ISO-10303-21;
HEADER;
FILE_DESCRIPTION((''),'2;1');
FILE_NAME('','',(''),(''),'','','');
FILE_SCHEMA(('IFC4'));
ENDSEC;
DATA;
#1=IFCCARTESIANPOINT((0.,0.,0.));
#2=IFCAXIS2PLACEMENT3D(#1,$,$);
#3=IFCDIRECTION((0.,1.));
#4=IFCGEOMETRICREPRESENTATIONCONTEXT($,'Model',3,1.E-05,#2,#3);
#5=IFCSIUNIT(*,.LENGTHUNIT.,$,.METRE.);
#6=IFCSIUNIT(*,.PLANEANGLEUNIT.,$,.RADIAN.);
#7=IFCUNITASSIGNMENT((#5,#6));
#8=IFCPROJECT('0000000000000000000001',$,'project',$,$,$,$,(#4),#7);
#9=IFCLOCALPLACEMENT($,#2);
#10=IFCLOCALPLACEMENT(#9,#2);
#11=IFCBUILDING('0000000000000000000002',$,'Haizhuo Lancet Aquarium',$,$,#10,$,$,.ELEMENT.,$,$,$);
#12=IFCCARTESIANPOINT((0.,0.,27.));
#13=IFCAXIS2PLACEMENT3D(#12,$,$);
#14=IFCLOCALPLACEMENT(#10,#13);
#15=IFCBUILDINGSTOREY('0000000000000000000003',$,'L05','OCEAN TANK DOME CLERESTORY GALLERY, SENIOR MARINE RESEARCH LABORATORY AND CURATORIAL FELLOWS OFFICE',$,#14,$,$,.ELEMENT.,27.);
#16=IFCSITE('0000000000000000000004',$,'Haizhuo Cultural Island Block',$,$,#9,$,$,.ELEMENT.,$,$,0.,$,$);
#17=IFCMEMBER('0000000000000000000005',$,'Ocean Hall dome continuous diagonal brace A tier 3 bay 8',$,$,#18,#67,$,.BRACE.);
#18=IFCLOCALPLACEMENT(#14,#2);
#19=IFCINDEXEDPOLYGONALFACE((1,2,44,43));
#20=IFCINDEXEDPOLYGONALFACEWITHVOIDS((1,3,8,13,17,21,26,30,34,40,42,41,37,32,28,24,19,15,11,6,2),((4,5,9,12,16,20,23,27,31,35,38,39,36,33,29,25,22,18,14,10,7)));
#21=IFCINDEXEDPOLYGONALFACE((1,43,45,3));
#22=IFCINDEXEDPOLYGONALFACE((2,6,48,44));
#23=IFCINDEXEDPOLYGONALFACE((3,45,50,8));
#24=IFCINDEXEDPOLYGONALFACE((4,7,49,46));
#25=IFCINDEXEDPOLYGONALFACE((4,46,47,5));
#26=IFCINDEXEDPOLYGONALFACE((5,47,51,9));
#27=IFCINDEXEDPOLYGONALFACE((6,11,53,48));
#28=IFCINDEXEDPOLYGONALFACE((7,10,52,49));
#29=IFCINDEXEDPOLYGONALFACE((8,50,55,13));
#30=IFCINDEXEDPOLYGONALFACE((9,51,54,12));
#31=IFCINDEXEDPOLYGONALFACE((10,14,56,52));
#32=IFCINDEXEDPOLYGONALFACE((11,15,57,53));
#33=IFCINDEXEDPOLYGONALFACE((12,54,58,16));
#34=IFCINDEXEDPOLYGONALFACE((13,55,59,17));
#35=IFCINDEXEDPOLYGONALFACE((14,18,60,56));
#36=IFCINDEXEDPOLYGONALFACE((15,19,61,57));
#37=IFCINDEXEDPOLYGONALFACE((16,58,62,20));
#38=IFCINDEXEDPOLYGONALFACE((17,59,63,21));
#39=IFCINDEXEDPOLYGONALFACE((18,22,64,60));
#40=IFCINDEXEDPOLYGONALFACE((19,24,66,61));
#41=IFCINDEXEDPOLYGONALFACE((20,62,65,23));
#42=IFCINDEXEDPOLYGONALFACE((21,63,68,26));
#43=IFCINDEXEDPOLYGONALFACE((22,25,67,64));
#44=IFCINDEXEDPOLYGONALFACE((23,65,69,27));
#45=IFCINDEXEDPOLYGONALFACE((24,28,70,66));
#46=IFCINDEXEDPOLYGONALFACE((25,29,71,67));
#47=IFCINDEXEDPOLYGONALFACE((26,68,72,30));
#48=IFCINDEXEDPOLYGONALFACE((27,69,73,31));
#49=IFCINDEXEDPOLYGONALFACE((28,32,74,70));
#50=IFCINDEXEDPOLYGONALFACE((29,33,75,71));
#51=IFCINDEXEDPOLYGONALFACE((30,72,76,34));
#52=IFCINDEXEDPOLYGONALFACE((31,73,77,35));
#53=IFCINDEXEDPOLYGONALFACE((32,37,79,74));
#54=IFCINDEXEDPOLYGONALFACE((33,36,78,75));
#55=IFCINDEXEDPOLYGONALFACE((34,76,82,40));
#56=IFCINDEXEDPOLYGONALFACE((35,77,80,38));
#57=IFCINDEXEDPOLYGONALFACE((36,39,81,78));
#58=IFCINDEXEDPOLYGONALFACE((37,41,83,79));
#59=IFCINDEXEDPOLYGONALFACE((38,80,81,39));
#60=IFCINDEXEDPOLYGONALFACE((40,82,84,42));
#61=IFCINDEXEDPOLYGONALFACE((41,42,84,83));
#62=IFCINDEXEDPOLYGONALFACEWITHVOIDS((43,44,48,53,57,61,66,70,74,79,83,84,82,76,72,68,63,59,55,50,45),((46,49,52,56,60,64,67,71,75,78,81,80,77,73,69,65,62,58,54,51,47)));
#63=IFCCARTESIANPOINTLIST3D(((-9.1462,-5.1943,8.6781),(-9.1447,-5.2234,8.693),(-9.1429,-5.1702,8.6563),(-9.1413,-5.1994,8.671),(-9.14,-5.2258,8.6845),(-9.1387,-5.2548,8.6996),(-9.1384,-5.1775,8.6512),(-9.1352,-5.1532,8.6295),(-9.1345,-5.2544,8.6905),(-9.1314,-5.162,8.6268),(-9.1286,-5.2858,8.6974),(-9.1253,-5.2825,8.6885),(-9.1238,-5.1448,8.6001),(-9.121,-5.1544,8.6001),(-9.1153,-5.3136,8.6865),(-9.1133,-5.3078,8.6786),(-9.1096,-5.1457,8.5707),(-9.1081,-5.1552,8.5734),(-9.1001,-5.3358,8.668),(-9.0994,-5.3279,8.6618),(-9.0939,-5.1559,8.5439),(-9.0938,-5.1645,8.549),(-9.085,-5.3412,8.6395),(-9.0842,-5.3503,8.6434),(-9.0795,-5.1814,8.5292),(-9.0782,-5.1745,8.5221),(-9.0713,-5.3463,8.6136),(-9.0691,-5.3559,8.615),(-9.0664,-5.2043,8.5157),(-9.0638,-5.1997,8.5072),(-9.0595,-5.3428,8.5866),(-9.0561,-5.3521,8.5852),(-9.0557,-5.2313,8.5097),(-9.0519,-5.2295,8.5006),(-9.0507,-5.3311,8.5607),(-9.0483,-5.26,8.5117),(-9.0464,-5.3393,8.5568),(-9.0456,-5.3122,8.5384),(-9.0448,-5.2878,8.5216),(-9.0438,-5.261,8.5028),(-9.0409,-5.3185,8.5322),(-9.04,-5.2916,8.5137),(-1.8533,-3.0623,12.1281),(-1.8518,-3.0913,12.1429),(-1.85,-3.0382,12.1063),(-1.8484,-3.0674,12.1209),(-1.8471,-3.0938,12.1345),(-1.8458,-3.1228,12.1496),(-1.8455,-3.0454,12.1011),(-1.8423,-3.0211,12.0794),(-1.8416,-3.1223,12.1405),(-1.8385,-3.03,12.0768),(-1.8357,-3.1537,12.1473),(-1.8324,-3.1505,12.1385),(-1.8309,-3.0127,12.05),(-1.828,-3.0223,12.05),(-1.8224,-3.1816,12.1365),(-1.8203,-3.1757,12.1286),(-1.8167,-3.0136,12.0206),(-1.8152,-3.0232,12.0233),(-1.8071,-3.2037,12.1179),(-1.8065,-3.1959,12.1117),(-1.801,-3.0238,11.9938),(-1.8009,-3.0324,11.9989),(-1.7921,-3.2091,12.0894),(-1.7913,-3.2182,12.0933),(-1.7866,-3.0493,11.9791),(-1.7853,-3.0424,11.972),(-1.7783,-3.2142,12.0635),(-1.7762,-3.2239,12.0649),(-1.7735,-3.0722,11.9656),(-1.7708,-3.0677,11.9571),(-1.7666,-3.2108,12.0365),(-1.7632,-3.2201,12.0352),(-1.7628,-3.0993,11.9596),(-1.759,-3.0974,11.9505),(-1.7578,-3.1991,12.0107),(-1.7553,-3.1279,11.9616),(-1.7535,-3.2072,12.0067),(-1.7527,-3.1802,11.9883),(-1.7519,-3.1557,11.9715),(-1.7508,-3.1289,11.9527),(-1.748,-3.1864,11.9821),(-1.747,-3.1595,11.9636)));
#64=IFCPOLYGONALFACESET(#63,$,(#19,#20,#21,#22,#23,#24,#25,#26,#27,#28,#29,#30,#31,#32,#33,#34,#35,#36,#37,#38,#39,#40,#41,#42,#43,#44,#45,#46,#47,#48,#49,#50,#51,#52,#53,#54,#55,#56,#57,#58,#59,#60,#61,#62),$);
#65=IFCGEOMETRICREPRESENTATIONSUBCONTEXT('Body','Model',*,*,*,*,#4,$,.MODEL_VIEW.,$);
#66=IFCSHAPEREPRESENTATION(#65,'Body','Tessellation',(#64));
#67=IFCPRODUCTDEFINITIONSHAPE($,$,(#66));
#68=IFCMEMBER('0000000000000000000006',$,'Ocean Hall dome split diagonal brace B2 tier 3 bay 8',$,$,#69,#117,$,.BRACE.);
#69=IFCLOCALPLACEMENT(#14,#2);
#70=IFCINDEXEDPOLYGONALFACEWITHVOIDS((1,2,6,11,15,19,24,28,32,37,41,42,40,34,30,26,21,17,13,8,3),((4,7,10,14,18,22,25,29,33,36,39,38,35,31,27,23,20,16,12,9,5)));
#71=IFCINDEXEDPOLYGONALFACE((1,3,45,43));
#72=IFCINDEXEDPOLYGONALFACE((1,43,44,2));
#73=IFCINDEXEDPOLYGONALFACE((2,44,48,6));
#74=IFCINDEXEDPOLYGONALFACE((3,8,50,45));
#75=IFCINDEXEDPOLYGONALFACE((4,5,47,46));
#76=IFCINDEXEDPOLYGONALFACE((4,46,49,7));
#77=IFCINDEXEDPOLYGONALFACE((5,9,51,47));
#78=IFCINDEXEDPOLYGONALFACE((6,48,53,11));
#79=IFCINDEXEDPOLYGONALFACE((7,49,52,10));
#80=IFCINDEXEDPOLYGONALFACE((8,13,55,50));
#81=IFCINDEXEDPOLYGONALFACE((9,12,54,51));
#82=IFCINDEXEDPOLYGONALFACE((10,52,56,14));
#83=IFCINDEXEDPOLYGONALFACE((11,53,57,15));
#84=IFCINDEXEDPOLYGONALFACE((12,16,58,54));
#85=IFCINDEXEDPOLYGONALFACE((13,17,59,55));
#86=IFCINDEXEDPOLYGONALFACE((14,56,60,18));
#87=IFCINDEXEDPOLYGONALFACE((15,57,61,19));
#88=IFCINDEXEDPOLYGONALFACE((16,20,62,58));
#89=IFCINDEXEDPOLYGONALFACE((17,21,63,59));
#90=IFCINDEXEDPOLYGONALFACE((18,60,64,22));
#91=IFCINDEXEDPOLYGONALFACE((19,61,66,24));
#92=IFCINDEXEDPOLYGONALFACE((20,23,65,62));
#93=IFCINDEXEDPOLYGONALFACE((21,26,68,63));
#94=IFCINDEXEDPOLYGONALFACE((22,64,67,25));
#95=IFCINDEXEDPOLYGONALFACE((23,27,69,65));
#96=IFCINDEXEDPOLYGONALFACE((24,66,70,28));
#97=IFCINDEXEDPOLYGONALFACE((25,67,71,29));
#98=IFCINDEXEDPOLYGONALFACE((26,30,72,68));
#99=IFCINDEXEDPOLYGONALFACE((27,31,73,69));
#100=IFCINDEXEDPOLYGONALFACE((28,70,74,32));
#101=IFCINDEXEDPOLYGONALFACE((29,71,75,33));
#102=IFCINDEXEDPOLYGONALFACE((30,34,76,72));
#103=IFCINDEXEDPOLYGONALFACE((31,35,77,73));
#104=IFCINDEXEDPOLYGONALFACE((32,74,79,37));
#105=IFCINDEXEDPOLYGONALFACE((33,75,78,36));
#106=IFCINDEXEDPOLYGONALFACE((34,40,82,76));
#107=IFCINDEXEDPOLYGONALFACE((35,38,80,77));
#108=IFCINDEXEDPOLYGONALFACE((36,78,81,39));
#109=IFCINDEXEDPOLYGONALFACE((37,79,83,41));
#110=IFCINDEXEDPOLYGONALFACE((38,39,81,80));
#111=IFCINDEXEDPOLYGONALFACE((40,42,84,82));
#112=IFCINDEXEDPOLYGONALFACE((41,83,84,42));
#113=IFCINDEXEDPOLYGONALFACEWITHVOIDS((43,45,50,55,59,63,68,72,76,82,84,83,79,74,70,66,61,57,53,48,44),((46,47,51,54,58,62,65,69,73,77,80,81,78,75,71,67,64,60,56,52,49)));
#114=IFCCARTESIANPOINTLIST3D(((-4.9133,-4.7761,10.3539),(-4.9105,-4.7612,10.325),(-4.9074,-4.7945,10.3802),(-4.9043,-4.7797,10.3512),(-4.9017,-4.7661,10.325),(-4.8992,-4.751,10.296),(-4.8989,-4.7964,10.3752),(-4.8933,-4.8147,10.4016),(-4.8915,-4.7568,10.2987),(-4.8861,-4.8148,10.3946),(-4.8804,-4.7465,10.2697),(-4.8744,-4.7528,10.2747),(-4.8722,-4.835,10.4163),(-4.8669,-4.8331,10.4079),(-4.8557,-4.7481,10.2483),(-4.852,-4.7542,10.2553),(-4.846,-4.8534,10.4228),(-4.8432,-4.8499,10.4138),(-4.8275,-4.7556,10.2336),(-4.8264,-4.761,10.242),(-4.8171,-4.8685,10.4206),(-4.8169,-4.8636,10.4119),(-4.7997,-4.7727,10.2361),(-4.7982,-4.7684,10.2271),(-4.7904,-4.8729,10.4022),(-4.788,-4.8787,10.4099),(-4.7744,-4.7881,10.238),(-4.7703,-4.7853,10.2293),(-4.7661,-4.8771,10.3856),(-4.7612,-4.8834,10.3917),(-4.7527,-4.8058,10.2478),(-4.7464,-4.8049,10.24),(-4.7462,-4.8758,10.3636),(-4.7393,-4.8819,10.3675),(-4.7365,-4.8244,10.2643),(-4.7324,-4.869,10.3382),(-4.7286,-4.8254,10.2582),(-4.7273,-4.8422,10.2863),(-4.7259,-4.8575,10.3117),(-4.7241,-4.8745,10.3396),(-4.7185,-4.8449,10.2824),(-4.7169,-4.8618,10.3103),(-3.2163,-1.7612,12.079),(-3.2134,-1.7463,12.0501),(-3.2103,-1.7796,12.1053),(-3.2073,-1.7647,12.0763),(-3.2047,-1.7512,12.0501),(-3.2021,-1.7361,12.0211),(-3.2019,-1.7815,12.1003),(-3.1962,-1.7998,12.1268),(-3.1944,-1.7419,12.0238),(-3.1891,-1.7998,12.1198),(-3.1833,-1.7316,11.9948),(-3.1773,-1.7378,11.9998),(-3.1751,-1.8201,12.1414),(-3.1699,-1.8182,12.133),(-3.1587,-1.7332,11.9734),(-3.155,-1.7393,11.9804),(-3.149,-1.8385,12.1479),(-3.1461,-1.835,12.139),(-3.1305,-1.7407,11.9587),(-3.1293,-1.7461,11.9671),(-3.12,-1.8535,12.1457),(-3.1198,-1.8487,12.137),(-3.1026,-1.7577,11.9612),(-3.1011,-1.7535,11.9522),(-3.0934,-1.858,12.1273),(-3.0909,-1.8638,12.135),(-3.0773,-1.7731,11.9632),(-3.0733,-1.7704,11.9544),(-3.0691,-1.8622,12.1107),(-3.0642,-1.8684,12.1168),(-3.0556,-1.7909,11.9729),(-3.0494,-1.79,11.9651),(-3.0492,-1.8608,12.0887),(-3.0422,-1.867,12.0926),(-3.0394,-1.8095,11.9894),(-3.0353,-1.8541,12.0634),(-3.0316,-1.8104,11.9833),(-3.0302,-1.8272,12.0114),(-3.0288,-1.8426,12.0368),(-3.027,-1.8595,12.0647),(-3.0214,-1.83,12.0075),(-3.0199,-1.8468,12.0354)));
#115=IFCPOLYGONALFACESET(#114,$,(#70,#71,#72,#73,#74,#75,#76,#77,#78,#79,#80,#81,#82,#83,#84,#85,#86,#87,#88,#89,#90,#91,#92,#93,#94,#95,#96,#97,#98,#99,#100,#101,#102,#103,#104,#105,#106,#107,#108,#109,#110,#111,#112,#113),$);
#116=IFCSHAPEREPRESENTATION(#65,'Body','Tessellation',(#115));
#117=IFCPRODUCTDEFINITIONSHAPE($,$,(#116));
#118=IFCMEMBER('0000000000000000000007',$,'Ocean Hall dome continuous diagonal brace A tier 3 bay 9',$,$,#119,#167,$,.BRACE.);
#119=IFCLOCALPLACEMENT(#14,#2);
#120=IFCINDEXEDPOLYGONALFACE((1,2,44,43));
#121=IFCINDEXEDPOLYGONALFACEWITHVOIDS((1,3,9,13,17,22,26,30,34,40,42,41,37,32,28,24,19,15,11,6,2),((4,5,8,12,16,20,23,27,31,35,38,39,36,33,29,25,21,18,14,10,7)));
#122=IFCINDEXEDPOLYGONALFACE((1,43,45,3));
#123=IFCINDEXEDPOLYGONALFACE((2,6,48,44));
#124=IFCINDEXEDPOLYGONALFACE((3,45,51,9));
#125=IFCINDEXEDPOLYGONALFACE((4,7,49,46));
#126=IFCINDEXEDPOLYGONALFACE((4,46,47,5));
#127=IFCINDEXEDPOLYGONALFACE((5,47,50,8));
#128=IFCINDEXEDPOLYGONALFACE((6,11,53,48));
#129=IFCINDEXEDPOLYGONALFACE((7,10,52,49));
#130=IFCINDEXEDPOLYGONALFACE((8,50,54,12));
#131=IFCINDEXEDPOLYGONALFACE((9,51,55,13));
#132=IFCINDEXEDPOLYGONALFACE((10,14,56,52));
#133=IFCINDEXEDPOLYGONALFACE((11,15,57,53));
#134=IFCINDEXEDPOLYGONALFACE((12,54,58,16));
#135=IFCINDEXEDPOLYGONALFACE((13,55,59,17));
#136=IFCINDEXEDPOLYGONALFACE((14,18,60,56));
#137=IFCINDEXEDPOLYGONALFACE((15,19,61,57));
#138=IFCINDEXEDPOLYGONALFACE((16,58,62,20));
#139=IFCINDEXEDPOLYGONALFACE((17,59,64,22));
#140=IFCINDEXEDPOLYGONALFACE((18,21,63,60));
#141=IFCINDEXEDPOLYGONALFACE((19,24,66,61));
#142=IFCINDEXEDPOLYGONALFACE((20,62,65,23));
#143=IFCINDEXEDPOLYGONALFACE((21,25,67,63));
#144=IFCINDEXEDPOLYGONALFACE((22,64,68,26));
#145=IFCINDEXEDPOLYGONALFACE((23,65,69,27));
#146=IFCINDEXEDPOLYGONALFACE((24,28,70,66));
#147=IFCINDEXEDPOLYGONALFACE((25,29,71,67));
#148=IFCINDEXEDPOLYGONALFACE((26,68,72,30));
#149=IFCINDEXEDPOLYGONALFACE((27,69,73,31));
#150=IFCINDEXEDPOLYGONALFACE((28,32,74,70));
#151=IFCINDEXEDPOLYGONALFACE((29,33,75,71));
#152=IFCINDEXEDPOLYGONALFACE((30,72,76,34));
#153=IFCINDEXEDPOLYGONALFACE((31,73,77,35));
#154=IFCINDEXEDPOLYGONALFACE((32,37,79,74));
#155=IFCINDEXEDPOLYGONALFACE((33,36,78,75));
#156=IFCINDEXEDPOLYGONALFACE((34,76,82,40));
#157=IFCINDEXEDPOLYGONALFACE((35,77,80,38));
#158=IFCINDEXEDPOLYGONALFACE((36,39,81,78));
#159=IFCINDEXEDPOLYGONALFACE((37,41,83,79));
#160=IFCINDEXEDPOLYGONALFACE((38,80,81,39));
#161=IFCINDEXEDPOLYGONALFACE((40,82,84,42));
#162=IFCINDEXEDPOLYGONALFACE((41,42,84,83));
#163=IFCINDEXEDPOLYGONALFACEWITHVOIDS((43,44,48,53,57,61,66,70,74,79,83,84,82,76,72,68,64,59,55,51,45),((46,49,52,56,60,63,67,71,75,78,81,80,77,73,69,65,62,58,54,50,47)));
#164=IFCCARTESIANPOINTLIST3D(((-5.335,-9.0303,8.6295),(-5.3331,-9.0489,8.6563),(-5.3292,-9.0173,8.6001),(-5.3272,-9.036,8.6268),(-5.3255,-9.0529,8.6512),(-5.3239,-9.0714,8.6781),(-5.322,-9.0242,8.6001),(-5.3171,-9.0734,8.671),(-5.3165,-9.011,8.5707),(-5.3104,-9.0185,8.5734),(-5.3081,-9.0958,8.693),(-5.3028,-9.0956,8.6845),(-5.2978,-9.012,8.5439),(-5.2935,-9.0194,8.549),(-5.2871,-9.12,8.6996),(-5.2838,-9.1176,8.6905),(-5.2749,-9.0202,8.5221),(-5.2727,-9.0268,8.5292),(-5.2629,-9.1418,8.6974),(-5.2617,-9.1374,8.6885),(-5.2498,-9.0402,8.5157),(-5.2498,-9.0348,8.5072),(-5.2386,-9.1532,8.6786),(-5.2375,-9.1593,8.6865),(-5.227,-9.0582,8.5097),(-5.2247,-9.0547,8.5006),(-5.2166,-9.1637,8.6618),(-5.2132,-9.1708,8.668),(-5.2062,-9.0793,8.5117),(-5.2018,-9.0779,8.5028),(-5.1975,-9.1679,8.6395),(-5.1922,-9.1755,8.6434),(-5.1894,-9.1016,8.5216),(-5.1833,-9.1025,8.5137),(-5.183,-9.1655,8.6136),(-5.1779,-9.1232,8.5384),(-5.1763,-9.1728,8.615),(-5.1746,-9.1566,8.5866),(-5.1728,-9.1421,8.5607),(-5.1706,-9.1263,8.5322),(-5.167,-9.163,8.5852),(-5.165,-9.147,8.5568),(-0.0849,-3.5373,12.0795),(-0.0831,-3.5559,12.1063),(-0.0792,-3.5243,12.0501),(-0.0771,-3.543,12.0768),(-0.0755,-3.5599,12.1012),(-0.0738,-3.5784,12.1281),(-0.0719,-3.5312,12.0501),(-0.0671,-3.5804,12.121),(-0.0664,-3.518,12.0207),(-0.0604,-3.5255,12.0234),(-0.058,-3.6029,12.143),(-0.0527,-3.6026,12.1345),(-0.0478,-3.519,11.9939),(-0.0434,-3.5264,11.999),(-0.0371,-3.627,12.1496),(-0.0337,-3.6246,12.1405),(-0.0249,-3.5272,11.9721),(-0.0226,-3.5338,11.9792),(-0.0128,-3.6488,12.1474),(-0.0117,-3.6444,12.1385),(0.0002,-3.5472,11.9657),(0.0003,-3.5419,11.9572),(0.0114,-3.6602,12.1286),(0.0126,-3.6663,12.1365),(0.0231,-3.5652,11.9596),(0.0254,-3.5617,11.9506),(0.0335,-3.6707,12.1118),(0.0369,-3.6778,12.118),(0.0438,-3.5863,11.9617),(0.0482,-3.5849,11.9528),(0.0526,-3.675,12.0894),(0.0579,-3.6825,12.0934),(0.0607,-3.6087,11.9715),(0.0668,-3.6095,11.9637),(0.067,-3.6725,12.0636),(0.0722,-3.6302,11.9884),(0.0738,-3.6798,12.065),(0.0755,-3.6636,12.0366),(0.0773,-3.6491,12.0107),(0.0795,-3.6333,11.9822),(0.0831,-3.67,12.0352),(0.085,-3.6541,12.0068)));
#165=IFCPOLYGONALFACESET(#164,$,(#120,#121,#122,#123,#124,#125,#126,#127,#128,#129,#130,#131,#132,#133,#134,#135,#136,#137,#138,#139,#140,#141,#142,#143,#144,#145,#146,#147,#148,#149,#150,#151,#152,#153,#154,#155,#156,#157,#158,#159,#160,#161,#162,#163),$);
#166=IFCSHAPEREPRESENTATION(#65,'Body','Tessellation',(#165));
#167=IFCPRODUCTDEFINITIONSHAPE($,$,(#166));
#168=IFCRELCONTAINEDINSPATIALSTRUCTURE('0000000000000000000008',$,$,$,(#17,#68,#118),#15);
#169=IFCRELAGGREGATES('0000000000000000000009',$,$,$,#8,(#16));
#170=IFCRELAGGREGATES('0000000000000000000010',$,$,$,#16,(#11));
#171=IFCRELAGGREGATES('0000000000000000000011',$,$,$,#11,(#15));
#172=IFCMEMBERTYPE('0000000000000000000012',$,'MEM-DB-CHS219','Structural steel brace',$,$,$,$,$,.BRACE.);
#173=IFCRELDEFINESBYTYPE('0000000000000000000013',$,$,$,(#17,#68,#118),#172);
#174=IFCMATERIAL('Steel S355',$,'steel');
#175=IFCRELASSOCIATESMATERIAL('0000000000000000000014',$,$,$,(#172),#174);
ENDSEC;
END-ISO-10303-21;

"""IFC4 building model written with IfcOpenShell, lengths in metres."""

from ifc_helpers import new_model, si_unit, direction, frame, origin, origin_2d, place, context, subcontext, project, spatial, hollow_circle, extrude, material, material_profile, profile_set, type_object, element, save


model = new_model("IFC4")

# Units and contexts
model_context = context("Model", 3, precision=1e-05, world=origin(), true_north=direction((0.0, 1.0)))
body_context = subcontext(model_context, "Body", "Model", "MODEL_VIEW")
ifc_project = project(units=[si_unit("LENGTHUNIT", "METRE"), si_unit("PLANEANGLEUNIT", "RADIAN")], contexts=[model_context])

# Site, building, storey
site_placement = place(None, origin())
site = spatial("IfcSite", under=ifc_project, at=site_placement, Name="Haizhuo Cultural Island Block", CompositionType="ELEMENT", RefElevation=0.0)
building_placement = place(site_placement, origin())
building = spatial("IfcBuilding", under=site, at=building_placement, Name="Haizhuo Lancet Aquarium", CompositionType="ELEMENT")
storey_placement = place(building_placement, frame((0.0, 0.0, 27.0)))
storey = spatial("IfcBuildingStorey", under=building, at=storey_placement, Name="L05", Description="OCEAN TANK DOME CLERESTORY GALLERY, SENIOR MARINE RESEARCH LABORATORY AND CURATORIAL FELLOWS OFFICE", CompositionType="ELEMENT", Elevation=27.0)

# Shared definitions
ifc_material_1 = material(Name="Steel S355", Category="steel")

# Members
ifc_material_profile_1 = material_profile(ifc_material_1, hollow_circle(Radius=0.1096, WallThickness=0.01, at=origin_2d()), Name="CHS 219x10")
ifc_profile_set_1 = profile_set([ifc_material_profile_1], Name="Steel S355")
member_type_1 = type_object("IfcMemberType", Name="MEM-DB-CHS219", Description="Structural steel brace", PredefinedType="BRACE", material=ifc_profile_set_1)
member_1_placement = place(storey_placement, frame((-9.093, -5.25, 8.6001), z_axis=(0.873956, 0.255499, 0.413426), x_axis=(-0.280602, 0.959824, 0.0)))
element("IfcMember", 1, at=member_1_placement, inside=storey, type_object=member_type_1, Name="Ocean Hall dome continuous diagonal brace A tier 3 bay 8", PredefinedType="BRACE", context=body_context, shape_type="SweptSolid", body=[
    extrude(hollow_circle(Radius=0.1096, WallThickness=0.01, at=origin_2d()), origin(), (0.0, 0.0, 1.0), 8.3447),
])
member_2_placement = place(storey_placement, frame((-4.8149, -4.8149, 10.325), z_axis=(0.438968, 0.779862, 0.446231), x_axis=(-0.871434, 0.490512, 0.0)))
element("IfcMember", 2, at=member_2_placement, inside=storey, type_object=member_type_1, Name="Ocean Hall dome split diagonal brace B2 tier 3 bay 8", PredefinedType="BRACE", context=body_context, shape_type="SweptSolid", body=[
    extrude(hollow_circle(Radius=0.1096, WallThickness=0.01, at=origin_2d()), origin(), (0.0, 0.0, 1.0), 3.866),
])
member_3_placement = place(storey_placement, frame((-5.25, -9.093, 8.6001), z_axis=(0.629129, 0.658239, 0.413422), x_axis=(-0.722911, 0.690941, 0.0)))
element("IfcMember", 3, at=member_3_placement, inside=storey, type_object=member_type_1, Name="Ocean Hall dome continuous diagonal brace A tier 3 bay 9", PredefinedType="BRACE", context=body_context, shape_type="SweptSolid", body=[
    extrude(hollow_circle(Radius=0.1096, WallThickness=0.01, at=origin_2d()), origin(), (0.0, 0.0, 1.0), 8.345),
])

save(model, "model.ifc")
